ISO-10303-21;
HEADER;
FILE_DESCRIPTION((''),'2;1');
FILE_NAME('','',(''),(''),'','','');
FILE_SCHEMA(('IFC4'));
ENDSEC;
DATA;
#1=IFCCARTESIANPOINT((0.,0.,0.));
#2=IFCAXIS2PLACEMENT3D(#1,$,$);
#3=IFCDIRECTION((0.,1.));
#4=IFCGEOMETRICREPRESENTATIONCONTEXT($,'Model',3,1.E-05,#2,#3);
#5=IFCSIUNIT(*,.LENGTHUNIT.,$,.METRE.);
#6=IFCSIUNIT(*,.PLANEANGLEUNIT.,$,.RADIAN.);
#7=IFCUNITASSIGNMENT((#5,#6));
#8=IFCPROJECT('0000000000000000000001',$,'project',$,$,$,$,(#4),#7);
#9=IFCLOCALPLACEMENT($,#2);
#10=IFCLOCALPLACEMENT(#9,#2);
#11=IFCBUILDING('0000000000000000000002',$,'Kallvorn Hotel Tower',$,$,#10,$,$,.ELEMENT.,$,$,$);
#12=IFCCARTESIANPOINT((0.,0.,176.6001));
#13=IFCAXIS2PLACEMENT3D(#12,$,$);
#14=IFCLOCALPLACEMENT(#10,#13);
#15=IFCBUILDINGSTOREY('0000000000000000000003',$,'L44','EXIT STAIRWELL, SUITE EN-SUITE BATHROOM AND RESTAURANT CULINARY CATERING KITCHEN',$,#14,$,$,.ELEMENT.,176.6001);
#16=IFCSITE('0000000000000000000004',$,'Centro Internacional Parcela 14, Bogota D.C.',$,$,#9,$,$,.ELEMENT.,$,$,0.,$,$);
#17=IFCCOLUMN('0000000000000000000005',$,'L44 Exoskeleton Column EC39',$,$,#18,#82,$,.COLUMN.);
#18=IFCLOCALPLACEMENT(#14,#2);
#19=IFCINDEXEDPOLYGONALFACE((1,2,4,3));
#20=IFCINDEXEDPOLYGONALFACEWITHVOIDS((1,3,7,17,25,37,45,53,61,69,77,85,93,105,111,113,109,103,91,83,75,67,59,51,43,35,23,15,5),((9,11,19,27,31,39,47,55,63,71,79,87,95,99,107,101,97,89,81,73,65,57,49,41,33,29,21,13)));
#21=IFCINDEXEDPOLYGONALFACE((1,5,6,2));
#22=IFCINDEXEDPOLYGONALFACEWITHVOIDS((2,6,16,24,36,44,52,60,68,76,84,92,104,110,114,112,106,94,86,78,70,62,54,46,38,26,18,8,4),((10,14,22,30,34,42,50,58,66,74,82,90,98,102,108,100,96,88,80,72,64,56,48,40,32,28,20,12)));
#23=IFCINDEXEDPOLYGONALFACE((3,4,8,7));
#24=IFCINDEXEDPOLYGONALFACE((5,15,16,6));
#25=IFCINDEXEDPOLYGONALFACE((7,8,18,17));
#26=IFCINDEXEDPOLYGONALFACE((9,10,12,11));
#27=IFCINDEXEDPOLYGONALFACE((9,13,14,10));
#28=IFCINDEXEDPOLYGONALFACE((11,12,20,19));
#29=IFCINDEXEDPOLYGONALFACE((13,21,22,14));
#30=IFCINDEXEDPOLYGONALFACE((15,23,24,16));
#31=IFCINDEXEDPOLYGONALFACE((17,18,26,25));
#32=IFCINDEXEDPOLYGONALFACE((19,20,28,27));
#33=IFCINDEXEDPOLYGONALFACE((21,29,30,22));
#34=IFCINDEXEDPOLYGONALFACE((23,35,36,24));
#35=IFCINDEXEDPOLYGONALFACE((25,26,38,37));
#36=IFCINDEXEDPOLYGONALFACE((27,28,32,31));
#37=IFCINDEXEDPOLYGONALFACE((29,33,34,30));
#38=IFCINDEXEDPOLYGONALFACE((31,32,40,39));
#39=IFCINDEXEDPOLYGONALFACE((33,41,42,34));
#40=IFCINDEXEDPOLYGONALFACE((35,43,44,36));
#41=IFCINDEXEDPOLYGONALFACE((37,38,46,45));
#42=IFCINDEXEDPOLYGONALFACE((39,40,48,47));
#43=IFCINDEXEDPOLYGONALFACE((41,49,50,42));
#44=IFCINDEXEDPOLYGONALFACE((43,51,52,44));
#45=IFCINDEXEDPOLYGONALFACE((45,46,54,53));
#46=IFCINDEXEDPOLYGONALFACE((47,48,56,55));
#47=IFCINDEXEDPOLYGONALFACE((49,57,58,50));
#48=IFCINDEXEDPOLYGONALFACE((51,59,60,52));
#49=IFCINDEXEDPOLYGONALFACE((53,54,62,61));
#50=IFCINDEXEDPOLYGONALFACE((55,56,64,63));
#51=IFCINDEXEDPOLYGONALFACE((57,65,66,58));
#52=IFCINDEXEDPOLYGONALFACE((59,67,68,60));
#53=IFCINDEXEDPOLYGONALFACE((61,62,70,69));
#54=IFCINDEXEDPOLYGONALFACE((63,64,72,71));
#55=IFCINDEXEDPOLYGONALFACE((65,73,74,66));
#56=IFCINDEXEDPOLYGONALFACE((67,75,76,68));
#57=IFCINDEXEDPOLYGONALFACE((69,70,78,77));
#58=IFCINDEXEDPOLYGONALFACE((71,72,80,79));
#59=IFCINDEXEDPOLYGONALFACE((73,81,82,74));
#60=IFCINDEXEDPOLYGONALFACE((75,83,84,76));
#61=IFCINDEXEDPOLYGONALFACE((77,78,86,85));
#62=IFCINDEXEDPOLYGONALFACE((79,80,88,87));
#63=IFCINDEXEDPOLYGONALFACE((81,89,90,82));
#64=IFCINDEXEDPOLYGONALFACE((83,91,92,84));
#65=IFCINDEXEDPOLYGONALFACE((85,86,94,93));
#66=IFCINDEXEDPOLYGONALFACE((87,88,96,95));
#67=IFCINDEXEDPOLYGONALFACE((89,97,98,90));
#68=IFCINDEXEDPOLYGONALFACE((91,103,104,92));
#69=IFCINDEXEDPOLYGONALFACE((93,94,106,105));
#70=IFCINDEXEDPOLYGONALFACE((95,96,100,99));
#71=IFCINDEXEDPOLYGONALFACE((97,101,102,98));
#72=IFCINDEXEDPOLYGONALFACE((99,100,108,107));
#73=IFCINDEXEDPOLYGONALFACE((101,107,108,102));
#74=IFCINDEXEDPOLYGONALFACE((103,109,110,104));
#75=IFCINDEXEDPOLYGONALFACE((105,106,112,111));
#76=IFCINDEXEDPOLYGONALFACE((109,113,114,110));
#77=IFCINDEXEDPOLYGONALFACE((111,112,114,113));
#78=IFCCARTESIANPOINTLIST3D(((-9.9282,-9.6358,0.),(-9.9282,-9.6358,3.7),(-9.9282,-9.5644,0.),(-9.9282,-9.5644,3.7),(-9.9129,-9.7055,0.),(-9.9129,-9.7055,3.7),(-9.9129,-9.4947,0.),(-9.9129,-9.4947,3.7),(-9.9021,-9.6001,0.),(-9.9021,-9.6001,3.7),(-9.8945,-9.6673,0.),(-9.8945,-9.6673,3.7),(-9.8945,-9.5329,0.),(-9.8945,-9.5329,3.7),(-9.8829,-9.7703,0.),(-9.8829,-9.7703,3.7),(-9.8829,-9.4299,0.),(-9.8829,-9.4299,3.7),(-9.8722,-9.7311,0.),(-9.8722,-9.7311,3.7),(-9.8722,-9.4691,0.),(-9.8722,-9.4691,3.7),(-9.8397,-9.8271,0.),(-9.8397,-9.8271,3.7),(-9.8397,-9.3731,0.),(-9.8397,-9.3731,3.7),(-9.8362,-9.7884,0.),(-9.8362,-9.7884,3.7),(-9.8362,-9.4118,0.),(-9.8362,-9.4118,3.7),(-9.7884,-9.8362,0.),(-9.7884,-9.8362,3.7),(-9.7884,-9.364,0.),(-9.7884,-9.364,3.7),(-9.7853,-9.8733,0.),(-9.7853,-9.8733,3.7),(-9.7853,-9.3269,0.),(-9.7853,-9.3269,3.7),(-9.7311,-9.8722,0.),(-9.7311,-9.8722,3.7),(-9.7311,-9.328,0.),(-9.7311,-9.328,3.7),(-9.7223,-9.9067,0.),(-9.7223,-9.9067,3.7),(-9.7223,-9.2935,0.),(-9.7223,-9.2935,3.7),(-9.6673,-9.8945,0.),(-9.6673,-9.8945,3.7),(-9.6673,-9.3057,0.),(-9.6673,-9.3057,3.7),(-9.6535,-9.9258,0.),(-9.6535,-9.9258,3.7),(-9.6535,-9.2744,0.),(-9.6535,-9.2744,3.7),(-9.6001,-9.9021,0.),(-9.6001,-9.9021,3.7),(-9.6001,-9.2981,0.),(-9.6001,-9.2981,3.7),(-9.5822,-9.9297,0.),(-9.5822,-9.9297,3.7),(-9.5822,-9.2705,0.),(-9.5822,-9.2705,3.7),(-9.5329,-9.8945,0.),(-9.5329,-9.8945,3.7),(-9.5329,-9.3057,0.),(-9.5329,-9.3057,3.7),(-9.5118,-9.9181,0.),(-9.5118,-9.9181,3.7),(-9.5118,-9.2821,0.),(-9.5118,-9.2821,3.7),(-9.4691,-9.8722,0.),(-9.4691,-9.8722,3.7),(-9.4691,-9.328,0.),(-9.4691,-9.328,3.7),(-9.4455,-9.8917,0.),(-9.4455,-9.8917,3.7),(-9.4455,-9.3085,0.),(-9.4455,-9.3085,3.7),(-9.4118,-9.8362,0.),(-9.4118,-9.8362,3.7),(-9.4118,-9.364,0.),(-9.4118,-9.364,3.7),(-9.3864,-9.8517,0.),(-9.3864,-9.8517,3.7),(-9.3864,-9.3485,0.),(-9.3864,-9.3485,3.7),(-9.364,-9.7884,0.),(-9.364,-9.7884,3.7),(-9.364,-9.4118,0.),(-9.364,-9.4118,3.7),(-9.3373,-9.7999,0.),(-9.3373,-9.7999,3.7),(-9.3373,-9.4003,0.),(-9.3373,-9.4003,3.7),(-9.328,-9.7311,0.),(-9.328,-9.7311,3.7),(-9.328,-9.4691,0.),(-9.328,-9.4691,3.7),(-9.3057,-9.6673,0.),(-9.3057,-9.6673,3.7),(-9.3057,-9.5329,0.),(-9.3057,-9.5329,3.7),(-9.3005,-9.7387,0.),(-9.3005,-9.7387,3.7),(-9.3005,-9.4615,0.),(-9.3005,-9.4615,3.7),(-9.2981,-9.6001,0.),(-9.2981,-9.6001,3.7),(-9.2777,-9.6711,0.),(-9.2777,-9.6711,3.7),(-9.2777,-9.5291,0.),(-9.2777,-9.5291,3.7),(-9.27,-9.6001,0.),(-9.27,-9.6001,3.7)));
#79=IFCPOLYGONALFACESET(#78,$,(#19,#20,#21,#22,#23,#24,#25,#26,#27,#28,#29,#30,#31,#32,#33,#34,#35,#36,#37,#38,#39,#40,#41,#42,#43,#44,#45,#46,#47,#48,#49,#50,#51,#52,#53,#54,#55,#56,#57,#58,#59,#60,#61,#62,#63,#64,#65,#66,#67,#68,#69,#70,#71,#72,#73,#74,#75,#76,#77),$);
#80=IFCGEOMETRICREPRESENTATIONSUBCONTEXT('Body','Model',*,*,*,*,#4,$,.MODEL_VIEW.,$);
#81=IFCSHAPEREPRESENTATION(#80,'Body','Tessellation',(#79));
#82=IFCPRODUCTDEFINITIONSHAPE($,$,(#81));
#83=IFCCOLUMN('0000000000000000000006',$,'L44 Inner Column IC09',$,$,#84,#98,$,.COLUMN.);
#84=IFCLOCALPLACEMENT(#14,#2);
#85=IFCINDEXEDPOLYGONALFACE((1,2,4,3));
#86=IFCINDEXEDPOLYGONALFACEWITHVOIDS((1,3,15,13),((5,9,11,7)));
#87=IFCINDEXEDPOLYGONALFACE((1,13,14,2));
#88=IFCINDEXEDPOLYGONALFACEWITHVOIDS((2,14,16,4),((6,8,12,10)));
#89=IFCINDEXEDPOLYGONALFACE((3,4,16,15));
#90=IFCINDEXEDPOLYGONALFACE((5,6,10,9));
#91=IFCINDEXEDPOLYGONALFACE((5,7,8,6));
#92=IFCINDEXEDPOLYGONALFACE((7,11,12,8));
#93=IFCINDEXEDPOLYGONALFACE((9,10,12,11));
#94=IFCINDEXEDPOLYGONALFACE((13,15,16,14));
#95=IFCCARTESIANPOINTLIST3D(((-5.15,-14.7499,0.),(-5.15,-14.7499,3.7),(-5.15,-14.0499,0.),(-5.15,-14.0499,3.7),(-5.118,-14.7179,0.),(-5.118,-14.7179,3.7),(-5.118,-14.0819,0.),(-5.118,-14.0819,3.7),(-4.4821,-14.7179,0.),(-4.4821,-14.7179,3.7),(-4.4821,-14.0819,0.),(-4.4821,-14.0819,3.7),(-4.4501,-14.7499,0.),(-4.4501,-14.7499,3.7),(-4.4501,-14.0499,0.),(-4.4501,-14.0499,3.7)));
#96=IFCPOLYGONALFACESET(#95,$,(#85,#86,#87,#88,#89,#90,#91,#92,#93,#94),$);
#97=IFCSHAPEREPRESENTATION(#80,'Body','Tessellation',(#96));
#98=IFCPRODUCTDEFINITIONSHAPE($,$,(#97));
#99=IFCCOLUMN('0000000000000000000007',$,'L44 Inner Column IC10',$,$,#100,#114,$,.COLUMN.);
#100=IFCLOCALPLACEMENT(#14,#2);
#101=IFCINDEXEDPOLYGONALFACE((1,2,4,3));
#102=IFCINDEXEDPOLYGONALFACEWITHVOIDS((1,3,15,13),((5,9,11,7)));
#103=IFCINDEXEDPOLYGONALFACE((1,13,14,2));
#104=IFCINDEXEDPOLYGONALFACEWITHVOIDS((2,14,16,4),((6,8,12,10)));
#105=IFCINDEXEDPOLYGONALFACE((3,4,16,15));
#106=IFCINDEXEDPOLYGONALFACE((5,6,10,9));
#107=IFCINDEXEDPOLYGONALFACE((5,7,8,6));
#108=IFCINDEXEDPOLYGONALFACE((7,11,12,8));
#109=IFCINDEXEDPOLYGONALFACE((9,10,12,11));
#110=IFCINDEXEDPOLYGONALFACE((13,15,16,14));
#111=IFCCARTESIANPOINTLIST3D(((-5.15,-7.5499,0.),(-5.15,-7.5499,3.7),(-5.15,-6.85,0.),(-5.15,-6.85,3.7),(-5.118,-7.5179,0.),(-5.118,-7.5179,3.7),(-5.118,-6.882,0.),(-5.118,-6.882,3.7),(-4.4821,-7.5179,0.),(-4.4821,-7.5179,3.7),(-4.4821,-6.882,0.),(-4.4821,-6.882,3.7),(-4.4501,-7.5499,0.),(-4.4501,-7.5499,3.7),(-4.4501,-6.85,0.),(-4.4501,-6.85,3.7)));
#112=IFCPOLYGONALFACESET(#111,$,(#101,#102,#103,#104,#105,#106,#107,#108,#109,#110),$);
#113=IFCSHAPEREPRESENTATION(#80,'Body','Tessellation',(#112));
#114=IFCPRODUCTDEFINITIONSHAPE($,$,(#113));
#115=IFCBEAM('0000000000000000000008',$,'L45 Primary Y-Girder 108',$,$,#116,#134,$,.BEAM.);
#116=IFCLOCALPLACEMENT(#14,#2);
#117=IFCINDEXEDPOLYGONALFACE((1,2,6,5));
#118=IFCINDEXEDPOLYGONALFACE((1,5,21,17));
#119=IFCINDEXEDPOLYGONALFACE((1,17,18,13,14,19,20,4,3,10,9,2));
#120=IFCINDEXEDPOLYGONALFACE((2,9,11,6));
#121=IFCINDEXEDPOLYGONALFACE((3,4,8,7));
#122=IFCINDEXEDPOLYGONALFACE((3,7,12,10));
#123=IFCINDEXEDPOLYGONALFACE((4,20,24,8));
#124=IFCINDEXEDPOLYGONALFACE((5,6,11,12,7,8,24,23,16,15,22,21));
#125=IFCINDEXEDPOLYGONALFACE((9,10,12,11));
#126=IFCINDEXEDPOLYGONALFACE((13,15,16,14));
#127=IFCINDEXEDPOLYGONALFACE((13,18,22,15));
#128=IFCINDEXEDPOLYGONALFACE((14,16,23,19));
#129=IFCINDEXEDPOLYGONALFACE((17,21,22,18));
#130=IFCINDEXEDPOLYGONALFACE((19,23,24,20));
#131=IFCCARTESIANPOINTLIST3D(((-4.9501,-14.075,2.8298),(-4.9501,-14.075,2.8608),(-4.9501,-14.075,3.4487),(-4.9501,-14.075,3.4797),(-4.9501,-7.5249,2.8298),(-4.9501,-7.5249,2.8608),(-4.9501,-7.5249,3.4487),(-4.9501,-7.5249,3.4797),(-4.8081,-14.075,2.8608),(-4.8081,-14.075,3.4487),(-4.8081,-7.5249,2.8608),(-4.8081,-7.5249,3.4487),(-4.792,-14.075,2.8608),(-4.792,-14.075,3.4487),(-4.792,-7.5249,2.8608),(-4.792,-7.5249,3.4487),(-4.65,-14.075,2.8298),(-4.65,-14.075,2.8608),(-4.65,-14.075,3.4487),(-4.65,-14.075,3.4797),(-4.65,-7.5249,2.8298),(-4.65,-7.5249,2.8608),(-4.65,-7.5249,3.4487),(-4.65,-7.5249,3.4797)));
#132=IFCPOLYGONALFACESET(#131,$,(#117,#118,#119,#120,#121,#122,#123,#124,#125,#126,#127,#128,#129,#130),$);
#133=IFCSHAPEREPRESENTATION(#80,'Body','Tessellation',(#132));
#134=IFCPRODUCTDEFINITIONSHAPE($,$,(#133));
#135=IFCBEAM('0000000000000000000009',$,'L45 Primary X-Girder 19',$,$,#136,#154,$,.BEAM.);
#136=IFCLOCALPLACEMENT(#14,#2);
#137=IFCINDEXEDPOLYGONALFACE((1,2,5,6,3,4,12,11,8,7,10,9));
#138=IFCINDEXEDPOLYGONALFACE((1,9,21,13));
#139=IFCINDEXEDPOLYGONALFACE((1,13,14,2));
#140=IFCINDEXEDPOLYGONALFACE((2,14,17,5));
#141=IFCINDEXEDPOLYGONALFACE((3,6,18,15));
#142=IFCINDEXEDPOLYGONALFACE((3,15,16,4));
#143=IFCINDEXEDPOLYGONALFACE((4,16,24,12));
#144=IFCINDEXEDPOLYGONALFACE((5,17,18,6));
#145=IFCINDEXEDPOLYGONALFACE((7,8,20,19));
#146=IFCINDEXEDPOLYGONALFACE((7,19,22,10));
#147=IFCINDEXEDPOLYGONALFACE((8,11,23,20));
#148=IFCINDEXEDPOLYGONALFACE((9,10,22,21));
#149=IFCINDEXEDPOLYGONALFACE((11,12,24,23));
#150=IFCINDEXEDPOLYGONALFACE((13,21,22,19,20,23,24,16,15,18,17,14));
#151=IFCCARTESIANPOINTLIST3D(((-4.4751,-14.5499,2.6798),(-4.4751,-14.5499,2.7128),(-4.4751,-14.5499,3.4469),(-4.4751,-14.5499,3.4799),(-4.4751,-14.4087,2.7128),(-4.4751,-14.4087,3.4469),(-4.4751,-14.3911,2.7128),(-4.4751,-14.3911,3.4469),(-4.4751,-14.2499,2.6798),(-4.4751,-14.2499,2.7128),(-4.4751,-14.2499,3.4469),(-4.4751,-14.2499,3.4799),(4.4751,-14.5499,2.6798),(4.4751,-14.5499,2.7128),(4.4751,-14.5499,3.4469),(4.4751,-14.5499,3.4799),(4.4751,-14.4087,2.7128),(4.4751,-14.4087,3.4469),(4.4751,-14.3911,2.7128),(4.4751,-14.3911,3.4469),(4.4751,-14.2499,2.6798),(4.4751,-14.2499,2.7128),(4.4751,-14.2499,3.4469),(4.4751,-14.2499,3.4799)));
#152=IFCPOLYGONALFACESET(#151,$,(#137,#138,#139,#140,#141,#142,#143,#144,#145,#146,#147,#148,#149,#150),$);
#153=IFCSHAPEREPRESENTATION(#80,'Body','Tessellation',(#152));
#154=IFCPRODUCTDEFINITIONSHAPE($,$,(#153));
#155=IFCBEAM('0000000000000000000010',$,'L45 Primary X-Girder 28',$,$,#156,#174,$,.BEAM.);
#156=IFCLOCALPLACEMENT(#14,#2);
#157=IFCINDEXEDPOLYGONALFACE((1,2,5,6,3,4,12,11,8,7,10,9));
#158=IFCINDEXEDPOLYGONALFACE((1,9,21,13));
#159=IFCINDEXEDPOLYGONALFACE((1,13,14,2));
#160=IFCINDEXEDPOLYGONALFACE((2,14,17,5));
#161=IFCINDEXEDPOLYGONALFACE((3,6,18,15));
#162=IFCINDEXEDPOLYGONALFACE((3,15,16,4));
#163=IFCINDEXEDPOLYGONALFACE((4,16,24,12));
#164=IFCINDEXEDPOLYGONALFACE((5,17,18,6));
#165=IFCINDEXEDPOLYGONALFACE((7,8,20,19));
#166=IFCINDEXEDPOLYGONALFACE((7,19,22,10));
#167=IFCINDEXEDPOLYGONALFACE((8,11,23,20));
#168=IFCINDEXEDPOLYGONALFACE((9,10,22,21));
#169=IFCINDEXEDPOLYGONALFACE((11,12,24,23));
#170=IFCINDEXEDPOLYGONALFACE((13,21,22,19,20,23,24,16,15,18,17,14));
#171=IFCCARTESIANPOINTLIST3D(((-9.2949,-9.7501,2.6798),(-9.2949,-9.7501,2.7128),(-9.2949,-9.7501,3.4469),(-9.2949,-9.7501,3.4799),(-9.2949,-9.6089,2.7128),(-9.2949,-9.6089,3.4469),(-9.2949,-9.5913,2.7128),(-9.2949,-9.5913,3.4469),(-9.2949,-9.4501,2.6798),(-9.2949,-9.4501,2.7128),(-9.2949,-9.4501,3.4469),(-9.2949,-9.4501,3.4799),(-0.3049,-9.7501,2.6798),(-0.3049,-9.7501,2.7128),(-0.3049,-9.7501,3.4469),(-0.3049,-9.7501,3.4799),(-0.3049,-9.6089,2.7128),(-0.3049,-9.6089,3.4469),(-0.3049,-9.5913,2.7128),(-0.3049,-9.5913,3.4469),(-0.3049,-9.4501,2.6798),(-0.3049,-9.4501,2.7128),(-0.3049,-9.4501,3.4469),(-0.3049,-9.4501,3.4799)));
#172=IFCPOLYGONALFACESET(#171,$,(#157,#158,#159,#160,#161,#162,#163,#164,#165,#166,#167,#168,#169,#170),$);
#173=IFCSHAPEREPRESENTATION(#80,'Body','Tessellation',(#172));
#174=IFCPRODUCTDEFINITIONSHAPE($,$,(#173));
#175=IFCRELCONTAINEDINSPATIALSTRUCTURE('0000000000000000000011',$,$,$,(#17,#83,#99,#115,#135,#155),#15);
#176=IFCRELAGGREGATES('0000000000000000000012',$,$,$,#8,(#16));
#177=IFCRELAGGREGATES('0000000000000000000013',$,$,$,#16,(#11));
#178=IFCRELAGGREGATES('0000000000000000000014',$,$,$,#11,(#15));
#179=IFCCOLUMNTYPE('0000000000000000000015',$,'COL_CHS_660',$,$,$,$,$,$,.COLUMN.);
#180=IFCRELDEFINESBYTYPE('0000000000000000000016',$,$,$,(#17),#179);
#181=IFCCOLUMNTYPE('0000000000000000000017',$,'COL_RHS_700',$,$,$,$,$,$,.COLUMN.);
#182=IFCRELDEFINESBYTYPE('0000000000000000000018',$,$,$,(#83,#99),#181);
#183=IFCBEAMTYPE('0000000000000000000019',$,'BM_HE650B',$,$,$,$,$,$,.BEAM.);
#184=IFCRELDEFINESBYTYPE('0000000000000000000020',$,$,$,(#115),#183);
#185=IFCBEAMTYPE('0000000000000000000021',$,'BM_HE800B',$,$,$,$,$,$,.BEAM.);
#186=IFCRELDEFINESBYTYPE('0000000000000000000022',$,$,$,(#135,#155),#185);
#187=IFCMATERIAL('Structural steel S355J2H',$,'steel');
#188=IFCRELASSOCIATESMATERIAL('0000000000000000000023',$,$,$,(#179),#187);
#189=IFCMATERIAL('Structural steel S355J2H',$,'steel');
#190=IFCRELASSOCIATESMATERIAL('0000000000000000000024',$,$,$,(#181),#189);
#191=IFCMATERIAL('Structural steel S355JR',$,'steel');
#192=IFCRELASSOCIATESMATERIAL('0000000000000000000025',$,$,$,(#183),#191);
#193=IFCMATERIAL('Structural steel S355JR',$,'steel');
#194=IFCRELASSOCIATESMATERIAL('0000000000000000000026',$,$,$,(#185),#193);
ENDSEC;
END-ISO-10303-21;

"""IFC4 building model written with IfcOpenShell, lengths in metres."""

from ifc_helpers import new_model, si_unit, direction, frame, origin, origin_2d, place, context, subcontext, project, spatial, hollow_rectangle, hollow_circle, i_section, extrude, material, material_profile, profile_set, type_object, element, save


model = new_model("IFC4")

# Units and contexts
model_context = context("Model", 3, precision=1e-05, world=origin(), true_north=direction((0.0, 1.0)))
body_context = subcontext(model_context, "Body", "Model", "MODEL_VIEW")
ifc_project = project(units=[si_unit("LENGTHUNIT", "METRE"), si_unit("PLANEANGLEUNIT", "RADIAN")], contexts=[model_context])

# Site, building, storey
site_placement = place(None, origin())
site = spatial("IfcSite", under=ifc_project, at=site_placement, Name="Centro Internacional Parcela 14, Bogota D.C.", CompositionType="ELEMENT", RefElevation=0.0)
building_placement = place(site_placement, origin())
building = spatial("IfcBuilding", under=site, at=building_placement, Name="Kallvorn Hotel Tower", CompositionType="ELEMENT")
storey_placement = place(building_placement, frame((0.0, 0.0, 176.6001)))
storey = spatial("IfcBuildingStorey", under=building, at=storey_placement, Name="L44", Description="EXIT STAIRWELL, SUITE EN-SUITE BATHROOM AND RESTAURANT CULINARY CATERING KITCHEN", CompositionType="ELEMENT", Elevation=176.6001)

# Columns
ifc_material_1 = material(Name="Structural steel S355J2H", Category="steel")
ifc_material_profile_1 = material_profile(ifc_material_1, hollow_circle(Radius=0.3301, WallThickness=0.0281, at=origin_2d()), Name="CHS 660x28")
ifc_profile_set_1 = profile_set([ifc_material_profile_1], Name="Structural steel S355J2H")
column_type_1 = type_object("IfcColumnType", Name="COL_CHS_660", PredefinedType="COLUMN", material=ifc_profile_set_1)
column_placement = place(storey_placement, frame((-9.6001, -9.6001, 0.0), z_axis=(0.0, 0.0, 1.0), x_axis=(1.0, 0.0, 0.0)))
element("IfcColumn", 1, at=column_placement, inside=storey, type_object=column_type_1, Name="L44 Exoskeleton Column EC39", PredefinedType="COLUMN", context=body_context, shape_type="SweptSolid", body=[
    extrude(hollow_circle(Radius=0.3301, WallThickness=0.0281, at=origin_2d()), origin(), (0.0, 0.0, 1.0), 3.7),
])
ifc_material_2 = material(Name="Structural steel S355J2H", Category="steel")
ifc_material_profile_2 = material_profile(ifc_material_2, hollow_rectangle(XDim=0.7, YDim=0.7, WallThickness=0.032, at=origin_2d()), Name="RHS 700x700x32")
ifc_profile_set_2 = profile_set([ifc_material_profile_2], Name="Structural steel S355J2H")
column_type_2 = type_object("IfcColumnType", Name="COL_RHS_700", PredefinedType="COLUMN", material=ifc_profile_set_2)
for number, where, z_axis, x_axis, name in (
    (2, (-4.8, -14.3999, 0.0), (0.0, 0.0, 1.0), (1.0, 0.0, 0.0), "L44 Inner Column IC09"),
    (3, (-4.8, -7.2, 0.0), (0.0, 0.0, 1.0), (1.0, 0.0, 0.0), "L44 Inner Column IC10"),
):
    element("IfcColumn", number, at=place(storey_placement, frame(where, z_axis=z_axis, x_axis=x_axis)), inside=storey, type_object=column_type_2, Name=name, PredefinedType="COLUMN", context=body_context, shape_type="SweptSolid", body=[
        extrude(hollow_rectangle(XDim=0.7, YDim=0.7, WallThickness=0.032, at=origin_2d()), origin(), (0.0, 0.0, 1.0), 3.7),
    ])

# Beams
ifc_material_3 = material(Name="Structural steel S355JR", Category="steel")
ifc_material_profile_3 = material_profile(ifc_material_3, i_section(OverallWidth=0.3, OverallDepth=0.6499, WebThickness=0.0161, FlangeThickness=0.031, at=origin_2d()), Name="HE 650 B")
ifc_profile_set_3 = profile_set([ifc_material_profile_3], Name="Structural steel S355JR")
beam_type_1 = type_object("IfcBeamType", Name="BM_HE650B", PredefinedType="BEAM", material=ifc_profile_set_3)
beam_1_placement = place(storey_placement, frame((-4.8, -14.075, 3.1548), z_axis=(0.0, 1.0, 0.0), x_axis=(-1.0, 0.0, 0.0)))
element("IfcBeam", 4, at=beam_1_placement, inside=storey, type_object=beam_type_1, Name="L45 Primary Y-Girder 108", PredefinedType="BEAM", context=body_context, shape_type="SweptSolid", body=[
    extrude(i_section(OverallWidth=0.3, OverallDepth=0.6499, WebThickness=0.0161, FlangeThickness=0.031, at=origin_2d()), origin(), (0.0, 0.0, 1.0), 6.55),
])
ifc_material_4 = material(Name="Structural steel S355JR", Category="steel")
ifc_material_profile_4 = material_profile(ifc_material_4, i_section(OverallWidth=0.3, OverallDepth=0.8, WebThickness=0.0176, FlangeThickness=0.033, at=origin_2d()), Name="HE 800 B")
ifc_profile_set_4 = profile_set([ifc_material_profile_4], Name="Structural steel S355JR")
beam_type_2 = type_object("IfcBeamType", Name="BM_HE800B", PredefinedType="BEAM", material=ifc_profile_set_4)
beam_2_placement = place(storey_placement, frame((-4.4751, -14.3999, 3.0798), z_axis=(1.0, 0.0, 0.0), x_axis=(0.0, 1.0, 0.0)))
element("IfcBeam", 5, at=beam_2_placement, inside=storey, type_object=beam_type_2, Name="L45 Primary X-Girder 19", PredefinedType="BEAM", context=body_context, shape_type="SweptSolid", body=[
    extrude(i_section(OverallWidth=0.3, OverallDepth=0.8, WebThickness=0.0176, FlangeThickness=0.033, at=origin_2d()), origin(), (0.0, 0.0, 1.0), 8.9502),
])
beam_3_placement = place(storey_placement, frame((-9.2949, -9.6001, 3.0798), z_axis=(1.0, 0.0, 0.0), x_axis=(0.0, 1.0, 0.0)))
element("IfcBeam", 6, at=beam_3_placement, inside=storey, type_object=beam_type_2, Name="L45 Primary X-Girder 28", PredefinedType="BEAM", context=body_context, shape_type="SweptSolid", body=[
    extrude(i_section(OverallWidth=0.3, OverallDepth=0.8, WebThickness=0.0176, FlangeThickness=0.033, at=origin_2d()), origin(), (0.0, 0.0, 1.0), 8.99),
])

save(model, "model.ifc")
